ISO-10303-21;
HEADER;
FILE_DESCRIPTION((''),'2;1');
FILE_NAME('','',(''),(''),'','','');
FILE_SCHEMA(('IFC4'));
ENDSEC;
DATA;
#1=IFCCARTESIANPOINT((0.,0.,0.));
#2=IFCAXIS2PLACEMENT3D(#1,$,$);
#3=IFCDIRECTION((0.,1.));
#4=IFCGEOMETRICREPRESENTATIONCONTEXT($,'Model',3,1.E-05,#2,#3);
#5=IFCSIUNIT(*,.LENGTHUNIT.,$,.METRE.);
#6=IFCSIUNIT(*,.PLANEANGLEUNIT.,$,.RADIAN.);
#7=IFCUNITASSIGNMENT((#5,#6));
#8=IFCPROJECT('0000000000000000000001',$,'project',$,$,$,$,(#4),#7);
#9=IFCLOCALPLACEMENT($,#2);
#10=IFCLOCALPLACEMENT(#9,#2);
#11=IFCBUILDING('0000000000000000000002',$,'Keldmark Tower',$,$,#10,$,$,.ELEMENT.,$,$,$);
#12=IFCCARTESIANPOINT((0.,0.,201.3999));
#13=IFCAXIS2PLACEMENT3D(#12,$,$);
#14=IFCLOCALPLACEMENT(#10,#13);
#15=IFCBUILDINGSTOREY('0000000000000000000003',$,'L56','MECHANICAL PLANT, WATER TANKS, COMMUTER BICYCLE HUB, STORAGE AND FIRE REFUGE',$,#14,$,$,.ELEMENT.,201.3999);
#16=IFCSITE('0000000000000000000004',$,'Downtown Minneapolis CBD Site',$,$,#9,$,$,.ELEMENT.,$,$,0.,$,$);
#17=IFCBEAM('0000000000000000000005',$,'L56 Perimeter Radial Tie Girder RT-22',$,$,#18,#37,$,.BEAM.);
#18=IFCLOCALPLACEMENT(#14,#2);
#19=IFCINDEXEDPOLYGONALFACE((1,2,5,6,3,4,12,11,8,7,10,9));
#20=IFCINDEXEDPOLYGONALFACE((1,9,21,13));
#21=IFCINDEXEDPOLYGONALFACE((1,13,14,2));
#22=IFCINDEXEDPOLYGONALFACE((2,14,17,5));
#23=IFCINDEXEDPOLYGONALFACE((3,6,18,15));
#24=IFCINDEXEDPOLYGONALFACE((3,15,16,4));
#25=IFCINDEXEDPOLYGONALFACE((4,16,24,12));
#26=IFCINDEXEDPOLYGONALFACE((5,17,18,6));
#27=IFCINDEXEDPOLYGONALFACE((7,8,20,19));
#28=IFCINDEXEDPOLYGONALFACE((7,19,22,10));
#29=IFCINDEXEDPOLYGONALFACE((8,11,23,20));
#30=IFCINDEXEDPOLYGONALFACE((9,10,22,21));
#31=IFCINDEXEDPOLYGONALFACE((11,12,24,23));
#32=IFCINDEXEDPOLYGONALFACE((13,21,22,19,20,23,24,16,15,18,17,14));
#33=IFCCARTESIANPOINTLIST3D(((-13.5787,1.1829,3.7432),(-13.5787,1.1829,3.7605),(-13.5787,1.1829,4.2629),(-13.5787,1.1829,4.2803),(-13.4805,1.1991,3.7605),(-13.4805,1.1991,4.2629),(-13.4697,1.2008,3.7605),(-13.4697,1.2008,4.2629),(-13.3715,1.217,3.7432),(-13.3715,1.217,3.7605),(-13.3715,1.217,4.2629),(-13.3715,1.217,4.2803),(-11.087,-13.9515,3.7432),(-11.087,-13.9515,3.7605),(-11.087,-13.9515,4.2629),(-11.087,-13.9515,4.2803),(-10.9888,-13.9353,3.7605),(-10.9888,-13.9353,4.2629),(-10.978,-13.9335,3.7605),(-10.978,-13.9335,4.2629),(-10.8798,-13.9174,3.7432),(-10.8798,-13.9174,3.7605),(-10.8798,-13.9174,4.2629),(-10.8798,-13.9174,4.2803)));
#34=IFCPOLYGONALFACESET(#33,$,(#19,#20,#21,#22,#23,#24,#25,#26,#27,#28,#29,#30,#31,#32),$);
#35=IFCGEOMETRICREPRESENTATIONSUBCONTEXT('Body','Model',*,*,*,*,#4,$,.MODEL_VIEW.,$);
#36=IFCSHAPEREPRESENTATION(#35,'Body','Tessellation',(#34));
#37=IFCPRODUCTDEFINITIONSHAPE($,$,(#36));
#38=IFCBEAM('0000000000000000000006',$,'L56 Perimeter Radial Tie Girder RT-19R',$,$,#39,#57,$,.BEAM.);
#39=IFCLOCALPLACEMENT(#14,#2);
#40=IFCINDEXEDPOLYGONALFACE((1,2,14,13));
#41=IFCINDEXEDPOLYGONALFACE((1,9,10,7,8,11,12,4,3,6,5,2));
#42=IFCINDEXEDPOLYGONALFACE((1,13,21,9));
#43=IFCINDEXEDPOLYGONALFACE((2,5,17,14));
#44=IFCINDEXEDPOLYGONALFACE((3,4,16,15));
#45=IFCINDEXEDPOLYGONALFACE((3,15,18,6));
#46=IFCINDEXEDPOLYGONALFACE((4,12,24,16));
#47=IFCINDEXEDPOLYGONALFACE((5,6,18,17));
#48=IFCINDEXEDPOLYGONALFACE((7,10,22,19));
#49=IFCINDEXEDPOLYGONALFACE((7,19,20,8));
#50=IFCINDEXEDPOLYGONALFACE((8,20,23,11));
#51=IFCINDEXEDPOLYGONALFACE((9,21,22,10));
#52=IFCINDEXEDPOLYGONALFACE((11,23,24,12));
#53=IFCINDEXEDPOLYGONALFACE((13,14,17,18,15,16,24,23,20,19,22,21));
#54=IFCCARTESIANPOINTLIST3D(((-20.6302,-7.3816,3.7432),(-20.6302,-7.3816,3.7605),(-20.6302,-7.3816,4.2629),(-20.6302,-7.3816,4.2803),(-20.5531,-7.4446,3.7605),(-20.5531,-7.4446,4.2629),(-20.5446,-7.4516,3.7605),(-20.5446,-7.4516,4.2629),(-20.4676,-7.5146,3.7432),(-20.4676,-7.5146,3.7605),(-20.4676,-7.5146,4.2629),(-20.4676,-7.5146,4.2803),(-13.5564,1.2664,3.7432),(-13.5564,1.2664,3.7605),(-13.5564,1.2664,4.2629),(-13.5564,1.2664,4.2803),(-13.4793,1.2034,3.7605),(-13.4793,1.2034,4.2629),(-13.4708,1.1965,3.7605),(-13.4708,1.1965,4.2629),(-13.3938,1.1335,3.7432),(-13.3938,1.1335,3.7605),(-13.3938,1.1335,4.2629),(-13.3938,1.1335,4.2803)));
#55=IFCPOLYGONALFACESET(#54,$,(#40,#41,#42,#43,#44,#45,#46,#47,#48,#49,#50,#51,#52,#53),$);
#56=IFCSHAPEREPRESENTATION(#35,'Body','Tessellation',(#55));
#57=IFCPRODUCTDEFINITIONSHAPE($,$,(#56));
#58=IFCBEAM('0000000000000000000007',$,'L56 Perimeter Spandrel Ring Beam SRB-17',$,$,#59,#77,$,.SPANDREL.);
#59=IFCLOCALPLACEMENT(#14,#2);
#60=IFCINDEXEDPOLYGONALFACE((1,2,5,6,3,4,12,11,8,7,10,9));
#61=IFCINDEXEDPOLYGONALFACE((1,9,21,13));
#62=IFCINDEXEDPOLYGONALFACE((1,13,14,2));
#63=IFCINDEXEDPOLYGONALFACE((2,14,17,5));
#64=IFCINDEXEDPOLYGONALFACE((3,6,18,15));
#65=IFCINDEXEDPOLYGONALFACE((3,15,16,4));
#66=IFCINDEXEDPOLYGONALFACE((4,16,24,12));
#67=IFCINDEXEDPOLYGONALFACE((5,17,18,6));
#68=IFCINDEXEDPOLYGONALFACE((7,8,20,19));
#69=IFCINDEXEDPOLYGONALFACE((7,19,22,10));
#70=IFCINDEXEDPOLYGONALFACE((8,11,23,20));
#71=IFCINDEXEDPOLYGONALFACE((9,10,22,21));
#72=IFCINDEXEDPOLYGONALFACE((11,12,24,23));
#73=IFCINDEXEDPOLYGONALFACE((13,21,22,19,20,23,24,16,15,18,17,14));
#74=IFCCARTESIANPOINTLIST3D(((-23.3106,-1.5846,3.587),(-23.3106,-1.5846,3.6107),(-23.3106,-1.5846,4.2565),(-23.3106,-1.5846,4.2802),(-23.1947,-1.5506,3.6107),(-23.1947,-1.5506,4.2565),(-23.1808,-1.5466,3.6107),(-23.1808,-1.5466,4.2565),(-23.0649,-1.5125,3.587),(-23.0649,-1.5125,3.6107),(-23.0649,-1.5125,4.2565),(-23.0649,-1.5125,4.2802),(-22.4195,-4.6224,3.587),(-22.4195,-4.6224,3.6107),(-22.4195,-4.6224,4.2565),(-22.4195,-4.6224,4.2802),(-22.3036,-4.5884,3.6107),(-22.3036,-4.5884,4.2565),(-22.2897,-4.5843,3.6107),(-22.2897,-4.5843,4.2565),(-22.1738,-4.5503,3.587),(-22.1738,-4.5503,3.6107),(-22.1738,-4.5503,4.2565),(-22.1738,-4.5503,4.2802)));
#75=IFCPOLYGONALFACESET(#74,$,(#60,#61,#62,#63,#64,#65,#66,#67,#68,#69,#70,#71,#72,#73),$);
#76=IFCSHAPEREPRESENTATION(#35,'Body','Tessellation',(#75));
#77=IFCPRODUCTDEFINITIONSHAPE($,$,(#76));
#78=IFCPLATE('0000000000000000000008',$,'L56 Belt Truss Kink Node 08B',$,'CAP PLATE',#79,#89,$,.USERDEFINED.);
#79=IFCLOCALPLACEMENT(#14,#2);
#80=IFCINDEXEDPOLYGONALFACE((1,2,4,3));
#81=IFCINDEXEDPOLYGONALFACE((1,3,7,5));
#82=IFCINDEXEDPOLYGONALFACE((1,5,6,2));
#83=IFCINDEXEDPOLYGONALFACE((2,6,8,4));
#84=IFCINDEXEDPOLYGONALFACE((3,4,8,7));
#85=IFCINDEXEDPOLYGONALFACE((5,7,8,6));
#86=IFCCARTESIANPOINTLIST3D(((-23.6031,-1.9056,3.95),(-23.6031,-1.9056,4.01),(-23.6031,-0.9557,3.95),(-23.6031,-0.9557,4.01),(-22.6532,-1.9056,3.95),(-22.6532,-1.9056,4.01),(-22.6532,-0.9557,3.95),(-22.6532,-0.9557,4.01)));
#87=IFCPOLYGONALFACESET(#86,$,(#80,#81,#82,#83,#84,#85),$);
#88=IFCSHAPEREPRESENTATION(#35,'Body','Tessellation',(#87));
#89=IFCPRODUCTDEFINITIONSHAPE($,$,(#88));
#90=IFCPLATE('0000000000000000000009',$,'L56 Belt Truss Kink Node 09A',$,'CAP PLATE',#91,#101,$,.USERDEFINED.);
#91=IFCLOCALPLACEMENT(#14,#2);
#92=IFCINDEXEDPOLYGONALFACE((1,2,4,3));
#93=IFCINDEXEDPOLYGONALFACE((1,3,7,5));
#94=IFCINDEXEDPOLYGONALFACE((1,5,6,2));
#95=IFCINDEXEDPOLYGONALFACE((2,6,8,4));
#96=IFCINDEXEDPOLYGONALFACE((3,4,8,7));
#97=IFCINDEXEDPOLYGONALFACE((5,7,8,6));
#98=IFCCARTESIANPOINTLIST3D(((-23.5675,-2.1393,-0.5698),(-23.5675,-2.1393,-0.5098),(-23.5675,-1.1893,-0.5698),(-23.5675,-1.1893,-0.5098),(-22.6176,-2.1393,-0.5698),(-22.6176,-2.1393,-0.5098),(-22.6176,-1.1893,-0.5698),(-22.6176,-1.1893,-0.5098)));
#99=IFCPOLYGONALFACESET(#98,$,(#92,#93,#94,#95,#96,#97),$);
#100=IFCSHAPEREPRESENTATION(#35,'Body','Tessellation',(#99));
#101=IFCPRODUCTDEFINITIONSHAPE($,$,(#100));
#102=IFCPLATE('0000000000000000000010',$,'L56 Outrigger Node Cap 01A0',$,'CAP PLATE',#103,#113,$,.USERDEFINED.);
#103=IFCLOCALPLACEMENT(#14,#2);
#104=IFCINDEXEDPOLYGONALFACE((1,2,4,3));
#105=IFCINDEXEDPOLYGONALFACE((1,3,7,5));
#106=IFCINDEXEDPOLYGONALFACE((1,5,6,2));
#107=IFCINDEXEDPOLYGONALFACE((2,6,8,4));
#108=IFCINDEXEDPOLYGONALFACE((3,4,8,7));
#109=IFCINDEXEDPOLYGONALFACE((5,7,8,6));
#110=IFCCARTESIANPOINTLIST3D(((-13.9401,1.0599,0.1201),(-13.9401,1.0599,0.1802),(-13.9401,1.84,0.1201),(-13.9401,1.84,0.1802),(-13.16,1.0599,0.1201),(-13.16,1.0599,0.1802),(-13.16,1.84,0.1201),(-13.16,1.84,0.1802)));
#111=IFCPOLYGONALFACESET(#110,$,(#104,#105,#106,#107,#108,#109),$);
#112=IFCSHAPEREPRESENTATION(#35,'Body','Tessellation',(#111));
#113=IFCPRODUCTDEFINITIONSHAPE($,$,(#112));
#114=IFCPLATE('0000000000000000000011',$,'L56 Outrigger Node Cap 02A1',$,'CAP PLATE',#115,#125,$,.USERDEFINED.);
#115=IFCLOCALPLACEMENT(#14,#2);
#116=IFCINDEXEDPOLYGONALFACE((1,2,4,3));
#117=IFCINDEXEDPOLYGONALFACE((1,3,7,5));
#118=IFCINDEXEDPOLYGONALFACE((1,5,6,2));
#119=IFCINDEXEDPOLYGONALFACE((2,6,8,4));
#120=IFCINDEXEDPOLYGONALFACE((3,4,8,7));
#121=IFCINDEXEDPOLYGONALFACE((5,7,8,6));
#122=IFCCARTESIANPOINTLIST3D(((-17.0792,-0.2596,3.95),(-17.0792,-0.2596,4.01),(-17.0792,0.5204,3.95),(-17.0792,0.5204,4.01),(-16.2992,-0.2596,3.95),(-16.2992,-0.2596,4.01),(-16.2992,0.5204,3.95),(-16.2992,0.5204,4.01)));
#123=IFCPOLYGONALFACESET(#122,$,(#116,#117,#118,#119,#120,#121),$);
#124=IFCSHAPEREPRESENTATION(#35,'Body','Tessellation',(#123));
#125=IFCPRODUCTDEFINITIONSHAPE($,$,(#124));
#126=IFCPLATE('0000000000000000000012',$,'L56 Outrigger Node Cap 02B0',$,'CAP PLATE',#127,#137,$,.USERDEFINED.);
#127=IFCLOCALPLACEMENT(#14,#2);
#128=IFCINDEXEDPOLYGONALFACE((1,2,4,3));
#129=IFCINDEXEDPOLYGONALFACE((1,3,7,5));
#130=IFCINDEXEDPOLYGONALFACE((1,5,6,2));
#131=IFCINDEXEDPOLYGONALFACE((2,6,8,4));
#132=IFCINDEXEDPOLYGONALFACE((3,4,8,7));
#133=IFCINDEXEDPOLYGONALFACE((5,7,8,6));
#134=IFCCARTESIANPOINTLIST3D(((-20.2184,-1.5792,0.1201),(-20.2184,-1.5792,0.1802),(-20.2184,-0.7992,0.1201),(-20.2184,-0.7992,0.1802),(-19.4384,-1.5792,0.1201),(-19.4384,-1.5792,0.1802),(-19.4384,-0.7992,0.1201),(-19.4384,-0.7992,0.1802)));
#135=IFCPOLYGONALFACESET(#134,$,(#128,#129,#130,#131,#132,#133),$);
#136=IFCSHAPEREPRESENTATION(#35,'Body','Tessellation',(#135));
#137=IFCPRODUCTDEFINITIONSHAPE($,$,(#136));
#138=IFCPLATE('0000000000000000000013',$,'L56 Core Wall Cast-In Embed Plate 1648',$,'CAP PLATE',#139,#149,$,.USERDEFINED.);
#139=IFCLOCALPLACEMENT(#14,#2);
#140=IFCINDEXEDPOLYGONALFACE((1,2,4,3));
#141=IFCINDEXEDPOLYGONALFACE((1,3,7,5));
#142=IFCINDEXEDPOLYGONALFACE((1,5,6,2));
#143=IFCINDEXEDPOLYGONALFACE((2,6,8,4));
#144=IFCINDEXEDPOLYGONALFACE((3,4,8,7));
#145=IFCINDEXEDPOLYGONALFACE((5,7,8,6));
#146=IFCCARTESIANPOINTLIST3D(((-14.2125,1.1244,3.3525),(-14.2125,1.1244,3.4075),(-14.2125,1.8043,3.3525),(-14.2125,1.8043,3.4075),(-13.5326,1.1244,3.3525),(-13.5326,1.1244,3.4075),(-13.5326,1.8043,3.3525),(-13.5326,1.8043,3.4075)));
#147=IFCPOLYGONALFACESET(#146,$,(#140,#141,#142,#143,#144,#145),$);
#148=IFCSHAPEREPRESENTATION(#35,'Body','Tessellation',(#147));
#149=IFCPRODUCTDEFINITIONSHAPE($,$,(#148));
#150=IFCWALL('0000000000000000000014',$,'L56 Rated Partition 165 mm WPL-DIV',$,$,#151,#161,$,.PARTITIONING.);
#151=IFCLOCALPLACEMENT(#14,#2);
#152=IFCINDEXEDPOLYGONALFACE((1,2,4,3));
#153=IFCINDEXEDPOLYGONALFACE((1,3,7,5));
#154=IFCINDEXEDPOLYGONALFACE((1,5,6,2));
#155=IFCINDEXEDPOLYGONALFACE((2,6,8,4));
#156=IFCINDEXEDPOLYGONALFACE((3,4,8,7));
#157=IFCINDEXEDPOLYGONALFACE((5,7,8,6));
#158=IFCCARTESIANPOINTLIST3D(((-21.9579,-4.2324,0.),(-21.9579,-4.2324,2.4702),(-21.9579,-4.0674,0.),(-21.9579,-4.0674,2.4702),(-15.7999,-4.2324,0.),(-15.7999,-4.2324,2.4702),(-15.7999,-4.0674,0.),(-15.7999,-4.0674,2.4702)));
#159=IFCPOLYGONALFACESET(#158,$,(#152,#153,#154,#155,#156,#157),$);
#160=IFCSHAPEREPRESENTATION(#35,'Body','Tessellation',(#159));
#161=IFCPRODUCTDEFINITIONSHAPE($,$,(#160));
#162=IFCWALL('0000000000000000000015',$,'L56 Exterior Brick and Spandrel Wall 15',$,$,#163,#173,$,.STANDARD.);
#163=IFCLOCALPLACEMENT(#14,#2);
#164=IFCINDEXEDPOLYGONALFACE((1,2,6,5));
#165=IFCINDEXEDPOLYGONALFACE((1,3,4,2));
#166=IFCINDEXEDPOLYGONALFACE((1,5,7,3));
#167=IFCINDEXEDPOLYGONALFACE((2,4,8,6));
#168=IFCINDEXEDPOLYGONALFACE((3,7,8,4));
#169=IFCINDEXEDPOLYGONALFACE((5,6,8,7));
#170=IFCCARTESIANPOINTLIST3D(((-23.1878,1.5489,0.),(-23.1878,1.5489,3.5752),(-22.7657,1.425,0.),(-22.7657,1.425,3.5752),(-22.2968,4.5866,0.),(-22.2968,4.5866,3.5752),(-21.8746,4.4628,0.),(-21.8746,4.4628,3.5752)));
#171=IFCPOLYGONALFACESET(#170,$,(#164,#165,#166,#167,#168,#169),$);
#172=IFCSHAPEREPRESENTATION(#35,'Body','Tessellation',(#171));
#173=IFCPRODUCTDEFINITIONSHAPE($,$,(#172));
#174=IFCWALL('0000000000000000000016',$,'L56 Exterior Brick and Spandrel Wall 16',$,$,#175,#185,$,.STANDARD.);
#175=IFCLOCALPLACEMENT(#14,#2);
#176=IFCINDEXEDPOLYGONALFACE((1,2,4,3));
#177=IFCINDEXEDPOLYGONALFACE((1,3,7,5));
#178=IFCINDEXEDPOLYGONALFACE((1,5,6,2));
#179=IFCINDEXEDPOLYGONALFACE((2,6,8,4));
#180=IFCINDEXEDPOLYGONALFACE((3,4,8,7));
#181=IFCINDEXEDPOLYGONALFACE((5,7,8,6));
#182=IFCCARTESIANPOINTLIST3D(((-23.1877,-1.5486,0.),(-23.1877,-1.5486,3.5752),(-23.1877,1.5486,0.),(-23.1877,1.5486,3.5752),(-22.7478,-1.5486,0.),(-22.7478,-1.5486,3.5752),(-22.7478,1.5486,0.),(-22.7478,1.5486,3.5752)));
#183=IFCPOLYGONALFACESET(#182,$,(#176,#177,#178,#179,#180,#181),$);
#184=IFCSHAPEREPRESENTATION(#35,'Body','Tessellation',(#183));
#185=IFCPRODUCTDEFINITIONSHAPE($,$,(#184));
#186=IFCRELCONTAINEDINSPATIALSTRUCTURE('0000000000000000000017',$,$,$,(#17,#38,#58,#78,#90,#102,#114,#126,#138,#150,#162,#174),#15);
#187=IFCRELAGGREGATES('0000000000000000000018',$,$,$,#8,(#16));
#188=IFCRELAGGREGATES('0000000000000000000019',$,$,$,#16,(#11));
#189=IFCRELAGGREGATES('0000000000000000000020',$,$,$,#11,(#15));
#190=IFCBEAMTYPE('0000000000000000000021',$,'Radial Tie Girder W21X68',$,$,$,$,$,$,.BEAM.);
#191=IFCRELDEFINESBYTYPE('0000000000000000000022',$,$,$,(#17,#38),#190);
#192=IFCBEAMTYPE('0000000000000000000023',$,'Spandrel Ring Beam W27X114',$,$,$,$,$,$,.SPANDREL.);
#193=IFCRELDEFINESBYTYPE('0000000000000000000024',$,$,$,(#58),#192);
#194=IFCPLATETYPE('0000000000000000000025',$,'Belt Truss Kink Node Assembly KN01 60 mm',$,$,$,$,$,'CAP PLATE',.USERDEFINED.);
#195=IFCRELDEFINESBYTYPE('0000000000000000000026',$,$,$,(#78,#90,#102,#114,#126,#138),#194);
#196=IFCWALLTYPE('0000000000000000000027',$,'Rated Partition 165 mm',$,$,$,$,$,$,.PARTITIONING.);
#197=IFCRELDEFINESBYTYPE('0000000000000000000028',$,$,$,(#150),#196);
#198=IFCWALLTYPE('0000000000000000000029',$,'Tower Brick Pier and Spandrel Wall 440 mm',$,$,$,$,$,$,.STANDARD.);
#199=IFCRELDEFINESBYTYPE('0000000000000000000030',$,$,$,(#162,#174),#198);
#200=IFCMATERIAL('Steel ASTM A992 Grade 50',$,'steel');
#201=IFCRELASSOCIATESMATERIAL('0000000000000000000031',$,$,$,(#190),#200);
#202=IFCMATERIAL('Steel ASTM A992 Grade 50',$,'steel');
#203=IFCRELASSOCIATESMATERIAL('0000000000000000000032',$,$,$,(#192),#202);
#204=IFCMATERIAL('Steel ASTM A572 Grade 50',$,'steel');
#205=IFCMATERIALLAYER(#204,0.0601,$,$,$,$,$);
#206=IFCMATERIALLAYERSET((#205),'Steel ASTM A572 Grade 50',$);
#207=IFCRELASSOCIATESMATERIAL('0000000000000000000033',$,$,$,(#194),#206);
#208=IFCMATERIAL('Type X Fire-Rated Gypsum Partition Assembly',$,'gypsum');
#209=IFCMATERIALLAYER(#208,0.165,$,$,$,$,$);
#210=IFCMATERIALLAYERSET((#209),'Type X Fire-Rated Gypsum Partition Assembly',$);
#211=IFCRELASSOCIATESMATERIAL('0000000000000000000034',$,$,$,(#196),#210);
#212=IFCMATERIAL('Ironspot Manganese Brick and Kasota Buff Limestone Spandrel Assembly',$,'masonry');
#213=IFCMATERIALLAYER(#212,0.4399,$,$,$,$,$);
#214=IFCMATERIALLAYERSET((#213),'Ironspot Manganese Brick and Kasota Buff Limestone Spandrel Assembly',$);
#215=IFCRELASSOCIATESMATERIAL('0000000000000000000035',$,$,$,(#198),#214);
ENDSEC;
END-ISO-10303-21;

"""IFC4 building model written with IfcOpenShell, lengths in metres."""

from ifc_helpers import new_model, si_unit, direction, frame, frame_2d, origin, origin_2d, place, context, subcontext, project, spatial, rectangle, i_section, extrude, material, layer, layer_set, material_profile, profile_set, type_object, element, save


model = new_model("IFC4")

# Units and contexts
model_context = context("Model", 3, precision=1e-05, world=origin(), true_north=direction((0.0, 1.0)))
body_context = subcontext(model_context, "Body", "Model", "MODEL_VIEW")
ifc_project = project(units=[si_unit("LENGTHUNIT", "METRE"), si_unit("PLANEANGLEUNIT", "RADIAN")], contexts=[model_context])

# Site, building, storey
site_placement = place(None, origin())
site = spatial("IfcSite", under=ifc_project, at=site_placement, Name="Downtown Minneapolis CBD Site", CompositionType="ELEMENT", RefElevation=0.0)
building_placement = place(site_placement, origin())
building = spatial("IfcBuilding", under=site, at=building_placement, Name="Keldmark Tower", CompositionType="ELEMENT")
storey_placement = place(building_placement, frame((0.0, 0.0, 201.3999)))
storey = spatial("IfcBuildingStorey", under=building, at=storey_placement, Name="L56", Description="MECHANICAL PLANT, WATER TANKS, COMMUTER BICYCLE HUB, STORAGE AND FIRE REFUGE", CompositionType="ELEMENT", Elevation=201.3999)

# Beams
ifc_material_1 = material(Name="Steel ASTM A992 Grade 50", Category="steel")
ifc_material_profile_1 = material_profile(ifc_material_1, i_section(OverallWidth=0.21, OverallDepth=0.5371, WebThickness=0.011, FlangeThickness=0.0173, at=origin_2d()), Name="W21X68")
ifc_profile_set_1 = profile_set([ifc_material_profile_1], Name="Steel ASTM A992 Grade 50")
beam_type_1 = type_object("IfcBeamType", Name="Radial Tie Girder W21X68", PredefinedType="BEAM", material=ifc_profile_set_1)
beam_1_placement = place(storey_placement, frame((-13.4751, 1.2, 4.0117), z_axis=(0.162452, -0.986716, 0.0), x_axis=(0.986716, 0.162452, 0.0)))
element("IfcBeam", 1, at=beam_1_placement, inside=storey, type_object=beam_type_1, Name="L56 Perimeter Radial Tie Girder RT-22", PredefinedType="BEAM", context=body_context, shape_type="SweptSolid", body=[
    extrude(i_section(OverallWidth=0.21, OverallDepth=0.5371, WebThickness=0.011, FlangeThickness=0.0173, at=origin_2d()), origin(), (0.0, 0.0, 1.0), 15.3381),
])
beam_2_placement = place(storey_placement, frame((-13.4751, 1.2, 4.0117), z_axis=(-0.633138, -0.774039, 0.0), x_axis=(0.774039, -0.633138, 0.0)))
element("IfcBeam", 2, at=beam_2_placement, inside=storey, type_object=beam_type_1, Name="L56 Perimeter Radial Tie Girder RT-19R", PredefinedType="BEAM", context=body_context, shape_type="SweptSolid", body=[
    extrude(i_section(OverallWidth=0.21, OverallDepth=0.5371, WebThickness=0.011, FlangeThickness=0.0173, at=origin_2d()), origin(), (0.0, 0.0, 1.0), 11.1726),
])
ifc_material_2 = material(Name="Steel ASTM A992 Grade 50", Category="steel")
ifc_material_profile_2 = material_profile(ifc_material_2, i_section(OverallWidth=0.2561, OverallDepth=0.6931, WebThickness=0.0144, FlangeThickness=0.0237, at=origin_2d()), Name="W27X114")
ifc_profile_set_2 = profile_set([ifc_material_profile_2], Name="Steel ASTM A992 Grade 50")
beam_type_2 = type_object("IfcBeamType", Name="Spandrel Ring Beam W27X114", PredefinedType="SPANDREL", material=ifc_profile_set_2)
beam_3_placement = place(storey_placement, frame((-23.1877, -1.5486, 3.9336), z_axis=(0.281477, -0.959568, 0.0), x_axis=(0.959568, 0.281477, 0.0)))
element("IfcBeam", 3, at=beam_3_placement, inside=storey, type_object=beam_type_2, Name="L56 Perimeter Spandrel Ring Beam SRB-17", PredefinedType="SPANDREL", context=body_context, shape_type="SweptSolid", body=[
    extrude(i_section(OverallWidth=0.2561, OverallDepth=0.6931, WebThickness=0.0144, FlangeThickness=0.0237, at=origin_2d()), origin(), (0.0, 0.0, 1.0), 3.1658),
])

# Plates
ifc_material_3 = material(Name="Steel ASTM A572 Grade 50", Category="steel")
ifc_layer_1 = layer(ifc_material_3, 0.0601)
ifc_layer_set_1 = layer_set([ifc_layer_1], Name="Steel ASTM A572 Grade 50")
plate_type = type_object("IfcPlateType", Name="Belt Truss Kink Node Assembly KN01 60 mm", ElementType="CAP PLATE", PredefinedType="USERDEFINED", material=ifc_layer_set_1)
for number, where, z_axis, x_axis, name in (
    (4, (-23.1282, -1.4307, 3.95), (0.0, 0.0, 1.0), (1.0, 0.0, 0.0), "L56 Belt Truss Kink Node 08B"),
    (5, (-23.0925, -1.6643, -0.5698), (0.0, 0.0, 1.0), (1.0, 0.0, 0.0), "L56 Belt Truss Kink Node 09A"),
):
    element("IfcPlate", number, at=place(storey_placement, frame(where, z_axis=z_axis, x_axis=x_axis)), inside=storey, type_object=plate_type, Name=name, ObjectType="CAP PLATE", PredefinedType="USERDEFINED", context=body_context, shape_type="SweptSolid", body=[
        extrude(rectangle(XDim=0.95, YDim=0.95, at=origin_2d()), origin(), (0.0, 0.0, 1.0), 0.0601),
    ])
for number, where, z_axis, x_axis, name in (
    (6, (-13.55, 1.45, 0.1201), (0.0, 0.0, 1.0), (1.0, 0.0, 0.0), "L56 Outrigger Node Cap 01A0"),
    (7, (-16.6892, 0.1304, 3.95), (0.0, 0.0, 1.0), (1.0, 0.0, 0.0), "L56 Outrigger Node Cap 02A1"),
    (8, (-19.8284, -1.1892, 0.1201), (0.0, 0.0, 1.0), (1.0, 0.0, 0.0), "L56 Outrigger Node Cap 02B0"),
):
    element("IfcPlate", number, at=place(storey_placement, frame(where, z_axis=z_axis, x_axis=x_axis)), inside=storey, type_object=plate_type, Name=name, ObjectType="CAP PLATE", PredefinedType="USERDEFINED", context=body_context, shape_type="SweptSolid", body=[
        extrude(rectangle(XDim=0.78, YDim=0.78, at=origin_2d()), origin(), (0.0, 0.0, 1.0), 0.0601),
    ])
plate_placement = place(storey_placement, frame((-13.8726, 1.4644, 3.3525), z_axis=(0.0, 0.0, 1.0), x_axis=(1.0, 0.0, 0.0)))
element("IfcPlate", 9, at=plate_placement, inside=storey, type_object=plate_type, Name="L56 Core Wall Cast-In Embed Plate 1648", ObjectType="CAP PLATE", PredefinedType="USERDEFINED", context=body_context, shape_type="SweptSolid", body=[
    extrude(rectangle(XDim=0.6799, YDim=0.6799, at=origin_2d()), origin(), (0.0, 0.0, 1.0), 0.0549),
])

# Walls
ifc_material_4 = material(Name="Type X Fire-Rated Gypsum Partition Assembly", Category="gypsum")
ifc_layer_2 = layer(ifc_material_4, 0.165)
ifc_layer_set_2 = layer_set([ifc_layer_2], Name="Type X Fire-Rated Gypsum Partition Assembly")
wall_type_1 = type_object("IfcWallType", Name="Rated Partition 165 mm", PredefinedType="PARTITIONING", material=ifc_layer_set_2)
wall_1_placement = place(storey_placement, frame((-21.958, -4.1499, 0.0), z_axis=(0.0, 0.0, 1.0), x_axis=(1.0, 0.0, 0.0)))
element("IfcWall", 10, at=wall_1_placement, inside=storey, type_object=wall_type_1, Name="L56 Rated Partition 165 mm WPL-DIV", PredefinedType="PARTITIONING", context=body_context, shape_type="SweptSolid", body=[
    extrude(rectangle(XDim=6.158, YDim=0.165, at=frame_2d((3.0791, 0.0))), origin(), (0.0, 0.0, 1.0), 2.4702),
])
ifc_material_5 = material(Name="Ironspot Manganese Brick and Kasota Buff Limestone Spandrel Assembly", Category="masonry")
ifc_layer_3 = layer(ifc_material_5, 0.4399)
ifc_layer_set_3 = layer_set([ifc_layer_3], Name="Ironspot Manganese Brick and Kasota Buff Limestone Spandrel Assembly")
wall_type_2 = type_object("IfcWallType", Name="Tower Brick Pier and Spandrel Wall 440 mm", PredefinedType="STANDARD", material=ifc_layer_set_3)
wall_2_placement = place(storey_placement, frame((-22.9768, 1.4868, 0.0), z_axis=(0.0, 0.0, 1.0), x_axis=(0.281477, 0.959568, 0.0)))
element("IfcWall", 11, at=wall_2_placement, inside=storey, type_object=wall_type_2, Name="L56 Exterior Brick and Spandrel Wall 15", PredefinedType="STANDARD", context=body_context, shape_type="SweptSolid", body=[
    extrude(rectangle(XDim=3.1658, YDim=0.4399, at=frame_2d((1.583, 0.0))), origin(), (0.0, 0.0, 1.0), 3.5752),
])
wall_3_placement = place(storey_placement, frame((-22.9678, -1.5486, 0.0), z_axis=(0.0, 0.0, 1.0), x_axis=(0.0, 1.0, 0.0)))
element("IfcWall", 12, at=wall_3_placement, inside=storey, type_object=wall_type_2, Name="L56 Exterior Brick and Spandrel Wall 16", PredefinedType="STANDARD", context=body_context, shape_type="SweptSolid", body=[
    extrude(rectangle(XDim=3.0972, YDim=0.4399, at=frame_2d((1.5486, 0.0))), origin(), (0.0, 0.0, 1.0), 3.5752),
])

save(model, "model.ifc")
